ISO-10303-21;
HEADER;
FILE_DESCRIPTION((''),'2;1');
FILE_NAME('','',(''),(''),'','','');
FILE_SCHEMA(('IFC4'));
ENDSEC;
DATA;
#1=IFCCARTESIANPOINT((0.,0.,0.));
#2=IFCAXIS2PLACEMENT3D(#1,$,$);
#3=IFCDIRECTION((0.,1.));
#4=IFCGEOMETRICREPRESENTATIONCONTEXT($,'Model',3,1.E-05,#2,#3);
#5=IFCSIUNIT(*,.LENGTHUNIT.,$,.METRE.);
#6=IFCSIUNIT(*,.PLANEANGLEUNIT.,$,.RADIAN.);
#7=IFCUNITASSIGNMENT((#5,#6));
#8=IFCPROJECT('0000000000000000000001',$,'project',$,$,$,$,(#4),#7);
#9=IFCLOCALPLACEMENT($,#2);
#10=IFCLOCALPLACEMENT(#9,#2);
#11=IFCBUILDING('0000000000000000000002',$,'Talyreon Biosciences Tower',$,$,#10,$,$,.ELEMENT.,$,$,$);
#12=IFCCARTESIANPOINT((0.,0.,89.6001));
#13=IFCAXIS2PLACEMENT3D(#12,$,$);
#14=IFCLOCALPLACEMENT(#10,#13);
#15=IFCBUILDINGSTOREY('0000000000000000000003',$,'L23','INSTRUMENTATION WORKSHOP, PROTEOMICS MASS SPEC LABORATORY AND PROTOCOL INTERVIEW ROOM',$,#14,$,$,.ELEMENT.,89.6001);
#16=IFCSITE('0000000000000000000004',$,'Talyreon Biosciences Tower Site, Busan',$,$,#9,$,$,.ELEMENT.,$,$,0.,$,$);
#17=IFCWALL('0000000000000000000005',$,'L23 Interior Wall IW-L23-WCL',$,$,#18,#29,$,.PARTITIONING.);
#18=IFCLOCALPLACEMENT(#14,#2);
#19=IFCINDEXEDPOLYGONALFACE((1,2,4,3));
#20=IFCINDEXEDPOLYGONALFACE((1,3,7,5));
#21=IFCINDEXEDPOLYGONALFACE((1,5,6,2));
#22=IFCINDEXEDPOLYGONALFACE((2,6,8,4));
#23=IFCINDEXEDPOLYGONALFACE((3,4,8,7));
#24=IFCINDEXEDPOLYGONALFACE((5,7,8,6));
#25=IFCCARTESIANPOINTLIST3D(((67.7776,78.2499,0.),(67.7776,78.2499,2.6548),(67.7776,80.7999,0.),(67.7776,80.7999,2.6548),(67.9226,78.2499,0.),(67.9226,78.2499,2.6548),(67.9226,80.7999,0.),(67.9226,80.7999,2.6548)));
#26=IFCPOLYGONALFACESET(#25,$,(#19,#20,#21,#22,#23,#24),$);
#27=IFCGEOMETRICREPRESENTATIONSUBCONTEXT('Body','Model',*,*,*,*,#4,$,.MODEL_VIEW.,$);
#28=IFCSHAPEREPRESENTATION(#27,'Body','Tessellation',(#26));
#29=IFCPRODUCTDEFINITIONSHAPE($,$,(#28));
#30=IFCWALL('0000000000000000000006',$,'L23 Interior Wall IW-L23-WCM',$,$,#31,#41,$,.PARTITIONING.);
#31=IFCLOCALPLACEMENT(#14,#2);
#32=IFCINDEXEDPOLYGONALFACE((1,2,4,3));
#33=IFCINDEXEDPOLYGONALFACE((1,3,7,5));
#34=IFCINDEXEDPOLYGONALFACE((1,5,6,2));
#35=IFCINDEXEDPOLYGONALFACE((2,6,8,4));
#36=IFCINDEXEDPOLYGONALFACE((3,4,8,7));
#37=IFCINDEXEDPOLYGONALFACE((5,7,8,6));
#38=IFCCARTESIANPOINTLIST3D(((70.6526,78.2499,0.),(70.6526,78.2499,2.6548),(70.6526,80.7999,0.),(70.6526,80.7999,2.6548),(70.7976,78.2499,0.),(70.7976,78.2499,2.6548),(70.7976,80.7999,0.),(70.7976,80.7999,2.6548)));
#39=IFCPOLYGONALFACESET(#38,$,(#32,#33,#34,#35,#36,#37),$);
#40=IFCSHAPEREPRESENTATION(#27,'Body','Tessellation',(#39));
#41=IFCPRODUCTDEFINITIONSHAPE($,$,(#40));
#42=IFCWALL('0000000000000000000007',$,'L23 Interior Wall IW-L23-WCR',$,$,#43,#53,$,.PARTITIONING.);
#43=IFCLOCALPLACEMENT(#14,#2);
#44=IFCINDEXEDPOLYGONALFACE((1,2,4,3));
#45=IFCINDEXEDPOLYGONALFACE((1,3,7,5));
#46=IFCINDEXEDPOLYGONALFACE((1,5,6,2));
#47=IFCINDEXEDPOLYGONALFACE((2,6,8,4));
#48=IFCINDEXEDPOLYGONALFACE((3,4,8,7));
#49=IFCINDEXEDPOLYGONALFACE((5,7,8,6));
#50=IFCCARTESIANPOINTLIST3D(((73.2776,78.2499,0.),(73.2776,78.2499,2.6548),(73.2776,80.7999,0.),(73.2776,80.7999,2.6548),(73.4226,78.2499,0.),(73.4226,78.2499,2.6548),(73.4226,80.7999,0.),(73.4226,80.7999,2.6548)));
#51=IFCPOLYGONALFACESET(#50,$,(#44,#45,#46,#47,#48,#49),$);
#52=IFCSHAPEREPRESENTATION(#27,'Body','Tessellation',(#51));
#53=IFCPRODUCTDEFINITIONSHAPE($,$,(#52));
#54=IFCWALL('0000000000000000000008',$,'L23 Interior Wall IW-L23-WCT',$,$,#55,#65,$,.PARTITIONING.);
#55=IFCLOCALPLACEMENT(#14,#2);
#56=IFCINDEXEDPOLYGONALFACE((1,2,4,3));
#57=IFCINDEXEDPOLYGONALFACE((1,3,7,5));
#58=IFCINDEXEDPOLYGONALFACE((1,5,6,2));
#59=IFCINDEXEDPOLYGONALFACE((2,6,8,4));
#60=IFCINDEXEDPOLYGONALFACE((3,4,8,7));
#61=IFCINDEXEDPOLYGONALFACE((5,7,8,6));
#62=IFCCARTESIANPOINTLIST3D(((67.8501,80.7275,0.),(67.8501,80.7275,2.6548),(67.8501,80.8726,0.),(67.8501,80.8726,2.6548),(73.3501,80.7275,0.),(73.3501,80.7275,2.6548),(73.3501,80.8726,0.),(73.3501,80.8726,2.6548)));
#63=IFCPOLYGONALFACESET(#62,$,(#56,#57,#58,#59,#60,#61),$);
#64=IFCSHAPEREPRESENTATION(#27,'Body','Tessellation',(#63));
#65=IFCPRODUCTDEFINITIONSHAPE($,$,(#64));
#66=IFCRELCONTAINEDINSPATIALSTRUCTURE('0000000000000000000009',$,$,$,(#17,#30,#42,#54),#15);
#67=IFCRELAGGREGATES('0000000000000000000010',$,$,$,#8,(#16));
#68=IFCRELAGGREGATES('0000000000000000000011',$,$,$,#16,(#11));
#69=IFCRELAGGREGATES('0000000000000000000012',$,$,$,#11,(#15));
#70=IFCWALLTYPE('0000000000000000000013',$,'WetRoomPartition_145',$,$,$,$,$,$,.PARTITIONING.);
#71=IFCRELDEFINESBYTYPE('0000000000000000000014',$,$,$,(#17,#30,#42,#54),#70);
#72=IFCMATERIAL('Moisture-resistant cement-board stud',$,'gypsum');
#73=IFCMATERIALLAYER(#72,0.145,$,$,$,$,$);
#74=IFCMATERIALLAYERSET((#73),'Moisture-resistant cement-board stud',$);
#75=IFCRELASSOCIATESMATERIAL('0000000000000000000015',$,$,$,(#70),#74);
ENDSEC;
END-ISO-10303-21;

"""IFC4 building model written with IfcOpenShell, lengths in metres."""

from ifc_helpers import new_model, si_unit, direction, frame, frame_2d, origin, place, context, subcontext, project, spatial, rectangle, extrude, material, layer, layer_set, type_object, element, save


model = new_model("IFC4")

# Units and contexts
model_context = context("Model", 3, precision=1e-05, world=origin(), true_north=direction((0.0, 1.0)))
body_context = subcontext(model_context, "Body", "Model", "MODEL_VIEW")
ifc_project = project(units=[si_unit("LENGTHUNIT", "METRE"), si_unit("PLANEANGLEUNIT", "RADIAN")], contexts=[model_context])

# Site, building, storey
site_placement = place(None, origin())
site = spatial("IfcSite", under=ifc_project, at=site_placement, Name="Talyreon Biosciences Tower Site, Busan", CompositionType="ELEMENT", RefElevation=0.0)
building_placement = place(site_placement, origin())
building = spatial("IfcBuilding", under=site, at=building_placement, Name="Talyreon Biosciences Tower", CompositionType="ELEMENT")
storey_placement = place(building_placement, frame((0.0, 0.0, 89.6001)))
storey = spatial("IfcBuildingStorey", under=building, at=storey_placement, Name="L23", Description="INSTRUMENTATION WORKSHOP, PROTEOMICS MASS SPEC LABORATORY AND PROTOCOL INTERVIEW ROOM", CompositionType="ELEMENT", Elevation=89.6001)

# Walls
ifc_material_1 = material(Name="Moisture-resistant cement-board stud", Category="gypsum")
ifc_layer_1 = layer(ifc_material_1, 0.145)
ifc_layer_set_1 = layer_set([ifc_layer_1], Name="Moisture-resistant cement-board stud")
wall_type_1 = type_object("IfcWallType", Name="WetRoomPartition_145", PredefinedType="PARTITIONING", material=ifc_layer_set_1)
for number, where, z_axis, x_axis, name in (
    (1, (67.8501, 78.25, 0.0), (0.0, 0.0, 1.0), (0.0, 1.0, 0.0), "L23 Interior Wall IW-L23-WCL"),
    (2, (70.7251, 78.25, 0.0), (0.0, 0.0, 1.0), (0.0, 1.0, 0.0), "L23 Interior Wall IW-L23-WCM"),
    (3, (73.3501, 78.25, 0.0), (0.0, 0.0, 1.0), (0.0, 1.0, 0.0), "L23 Interior Wall IW-L23-WCR"),
):
    element("IfcWall", number, at=place(storey_placement, frame(where, z_axis=z_axis, x_axis=x_axis)), inside=storey, type_object=wall_type_1, Name=name, PredefinedType="PARTITIONING", context=body_context, shape_type="SweptSolid", body=[
        extrude(rectangle(XDim=2.55, YDim=0.145, at=frame_2d((1.2749, 0.0))), origin(), (0.0, 0.0, 1.0), 2.6548),
    ])
wall_1_placement = place(storey_placement, frame((67.8501, 80.8, 0.0), z_axis=(0.0, 0.0, 1.0), x_axis=(1.0, 0.0, 0.0)))
element("IfcWall", 4, at=wall_1_placement, inside=storey, type_object=wall_type_1, Name="L23 Interior Wall IW-L23-WCT", PredefinedType="PARTITIONING", context=body_context, shape_type="SweptSolid", body=[
    extrude(rectangle(XDim=5.5, YDim=0.145, at=frame_2d((2.75, 0.0))), origin(), (0.0, 0.0, 1.0), 2.6548),
])

save(model, "model.ifc")
